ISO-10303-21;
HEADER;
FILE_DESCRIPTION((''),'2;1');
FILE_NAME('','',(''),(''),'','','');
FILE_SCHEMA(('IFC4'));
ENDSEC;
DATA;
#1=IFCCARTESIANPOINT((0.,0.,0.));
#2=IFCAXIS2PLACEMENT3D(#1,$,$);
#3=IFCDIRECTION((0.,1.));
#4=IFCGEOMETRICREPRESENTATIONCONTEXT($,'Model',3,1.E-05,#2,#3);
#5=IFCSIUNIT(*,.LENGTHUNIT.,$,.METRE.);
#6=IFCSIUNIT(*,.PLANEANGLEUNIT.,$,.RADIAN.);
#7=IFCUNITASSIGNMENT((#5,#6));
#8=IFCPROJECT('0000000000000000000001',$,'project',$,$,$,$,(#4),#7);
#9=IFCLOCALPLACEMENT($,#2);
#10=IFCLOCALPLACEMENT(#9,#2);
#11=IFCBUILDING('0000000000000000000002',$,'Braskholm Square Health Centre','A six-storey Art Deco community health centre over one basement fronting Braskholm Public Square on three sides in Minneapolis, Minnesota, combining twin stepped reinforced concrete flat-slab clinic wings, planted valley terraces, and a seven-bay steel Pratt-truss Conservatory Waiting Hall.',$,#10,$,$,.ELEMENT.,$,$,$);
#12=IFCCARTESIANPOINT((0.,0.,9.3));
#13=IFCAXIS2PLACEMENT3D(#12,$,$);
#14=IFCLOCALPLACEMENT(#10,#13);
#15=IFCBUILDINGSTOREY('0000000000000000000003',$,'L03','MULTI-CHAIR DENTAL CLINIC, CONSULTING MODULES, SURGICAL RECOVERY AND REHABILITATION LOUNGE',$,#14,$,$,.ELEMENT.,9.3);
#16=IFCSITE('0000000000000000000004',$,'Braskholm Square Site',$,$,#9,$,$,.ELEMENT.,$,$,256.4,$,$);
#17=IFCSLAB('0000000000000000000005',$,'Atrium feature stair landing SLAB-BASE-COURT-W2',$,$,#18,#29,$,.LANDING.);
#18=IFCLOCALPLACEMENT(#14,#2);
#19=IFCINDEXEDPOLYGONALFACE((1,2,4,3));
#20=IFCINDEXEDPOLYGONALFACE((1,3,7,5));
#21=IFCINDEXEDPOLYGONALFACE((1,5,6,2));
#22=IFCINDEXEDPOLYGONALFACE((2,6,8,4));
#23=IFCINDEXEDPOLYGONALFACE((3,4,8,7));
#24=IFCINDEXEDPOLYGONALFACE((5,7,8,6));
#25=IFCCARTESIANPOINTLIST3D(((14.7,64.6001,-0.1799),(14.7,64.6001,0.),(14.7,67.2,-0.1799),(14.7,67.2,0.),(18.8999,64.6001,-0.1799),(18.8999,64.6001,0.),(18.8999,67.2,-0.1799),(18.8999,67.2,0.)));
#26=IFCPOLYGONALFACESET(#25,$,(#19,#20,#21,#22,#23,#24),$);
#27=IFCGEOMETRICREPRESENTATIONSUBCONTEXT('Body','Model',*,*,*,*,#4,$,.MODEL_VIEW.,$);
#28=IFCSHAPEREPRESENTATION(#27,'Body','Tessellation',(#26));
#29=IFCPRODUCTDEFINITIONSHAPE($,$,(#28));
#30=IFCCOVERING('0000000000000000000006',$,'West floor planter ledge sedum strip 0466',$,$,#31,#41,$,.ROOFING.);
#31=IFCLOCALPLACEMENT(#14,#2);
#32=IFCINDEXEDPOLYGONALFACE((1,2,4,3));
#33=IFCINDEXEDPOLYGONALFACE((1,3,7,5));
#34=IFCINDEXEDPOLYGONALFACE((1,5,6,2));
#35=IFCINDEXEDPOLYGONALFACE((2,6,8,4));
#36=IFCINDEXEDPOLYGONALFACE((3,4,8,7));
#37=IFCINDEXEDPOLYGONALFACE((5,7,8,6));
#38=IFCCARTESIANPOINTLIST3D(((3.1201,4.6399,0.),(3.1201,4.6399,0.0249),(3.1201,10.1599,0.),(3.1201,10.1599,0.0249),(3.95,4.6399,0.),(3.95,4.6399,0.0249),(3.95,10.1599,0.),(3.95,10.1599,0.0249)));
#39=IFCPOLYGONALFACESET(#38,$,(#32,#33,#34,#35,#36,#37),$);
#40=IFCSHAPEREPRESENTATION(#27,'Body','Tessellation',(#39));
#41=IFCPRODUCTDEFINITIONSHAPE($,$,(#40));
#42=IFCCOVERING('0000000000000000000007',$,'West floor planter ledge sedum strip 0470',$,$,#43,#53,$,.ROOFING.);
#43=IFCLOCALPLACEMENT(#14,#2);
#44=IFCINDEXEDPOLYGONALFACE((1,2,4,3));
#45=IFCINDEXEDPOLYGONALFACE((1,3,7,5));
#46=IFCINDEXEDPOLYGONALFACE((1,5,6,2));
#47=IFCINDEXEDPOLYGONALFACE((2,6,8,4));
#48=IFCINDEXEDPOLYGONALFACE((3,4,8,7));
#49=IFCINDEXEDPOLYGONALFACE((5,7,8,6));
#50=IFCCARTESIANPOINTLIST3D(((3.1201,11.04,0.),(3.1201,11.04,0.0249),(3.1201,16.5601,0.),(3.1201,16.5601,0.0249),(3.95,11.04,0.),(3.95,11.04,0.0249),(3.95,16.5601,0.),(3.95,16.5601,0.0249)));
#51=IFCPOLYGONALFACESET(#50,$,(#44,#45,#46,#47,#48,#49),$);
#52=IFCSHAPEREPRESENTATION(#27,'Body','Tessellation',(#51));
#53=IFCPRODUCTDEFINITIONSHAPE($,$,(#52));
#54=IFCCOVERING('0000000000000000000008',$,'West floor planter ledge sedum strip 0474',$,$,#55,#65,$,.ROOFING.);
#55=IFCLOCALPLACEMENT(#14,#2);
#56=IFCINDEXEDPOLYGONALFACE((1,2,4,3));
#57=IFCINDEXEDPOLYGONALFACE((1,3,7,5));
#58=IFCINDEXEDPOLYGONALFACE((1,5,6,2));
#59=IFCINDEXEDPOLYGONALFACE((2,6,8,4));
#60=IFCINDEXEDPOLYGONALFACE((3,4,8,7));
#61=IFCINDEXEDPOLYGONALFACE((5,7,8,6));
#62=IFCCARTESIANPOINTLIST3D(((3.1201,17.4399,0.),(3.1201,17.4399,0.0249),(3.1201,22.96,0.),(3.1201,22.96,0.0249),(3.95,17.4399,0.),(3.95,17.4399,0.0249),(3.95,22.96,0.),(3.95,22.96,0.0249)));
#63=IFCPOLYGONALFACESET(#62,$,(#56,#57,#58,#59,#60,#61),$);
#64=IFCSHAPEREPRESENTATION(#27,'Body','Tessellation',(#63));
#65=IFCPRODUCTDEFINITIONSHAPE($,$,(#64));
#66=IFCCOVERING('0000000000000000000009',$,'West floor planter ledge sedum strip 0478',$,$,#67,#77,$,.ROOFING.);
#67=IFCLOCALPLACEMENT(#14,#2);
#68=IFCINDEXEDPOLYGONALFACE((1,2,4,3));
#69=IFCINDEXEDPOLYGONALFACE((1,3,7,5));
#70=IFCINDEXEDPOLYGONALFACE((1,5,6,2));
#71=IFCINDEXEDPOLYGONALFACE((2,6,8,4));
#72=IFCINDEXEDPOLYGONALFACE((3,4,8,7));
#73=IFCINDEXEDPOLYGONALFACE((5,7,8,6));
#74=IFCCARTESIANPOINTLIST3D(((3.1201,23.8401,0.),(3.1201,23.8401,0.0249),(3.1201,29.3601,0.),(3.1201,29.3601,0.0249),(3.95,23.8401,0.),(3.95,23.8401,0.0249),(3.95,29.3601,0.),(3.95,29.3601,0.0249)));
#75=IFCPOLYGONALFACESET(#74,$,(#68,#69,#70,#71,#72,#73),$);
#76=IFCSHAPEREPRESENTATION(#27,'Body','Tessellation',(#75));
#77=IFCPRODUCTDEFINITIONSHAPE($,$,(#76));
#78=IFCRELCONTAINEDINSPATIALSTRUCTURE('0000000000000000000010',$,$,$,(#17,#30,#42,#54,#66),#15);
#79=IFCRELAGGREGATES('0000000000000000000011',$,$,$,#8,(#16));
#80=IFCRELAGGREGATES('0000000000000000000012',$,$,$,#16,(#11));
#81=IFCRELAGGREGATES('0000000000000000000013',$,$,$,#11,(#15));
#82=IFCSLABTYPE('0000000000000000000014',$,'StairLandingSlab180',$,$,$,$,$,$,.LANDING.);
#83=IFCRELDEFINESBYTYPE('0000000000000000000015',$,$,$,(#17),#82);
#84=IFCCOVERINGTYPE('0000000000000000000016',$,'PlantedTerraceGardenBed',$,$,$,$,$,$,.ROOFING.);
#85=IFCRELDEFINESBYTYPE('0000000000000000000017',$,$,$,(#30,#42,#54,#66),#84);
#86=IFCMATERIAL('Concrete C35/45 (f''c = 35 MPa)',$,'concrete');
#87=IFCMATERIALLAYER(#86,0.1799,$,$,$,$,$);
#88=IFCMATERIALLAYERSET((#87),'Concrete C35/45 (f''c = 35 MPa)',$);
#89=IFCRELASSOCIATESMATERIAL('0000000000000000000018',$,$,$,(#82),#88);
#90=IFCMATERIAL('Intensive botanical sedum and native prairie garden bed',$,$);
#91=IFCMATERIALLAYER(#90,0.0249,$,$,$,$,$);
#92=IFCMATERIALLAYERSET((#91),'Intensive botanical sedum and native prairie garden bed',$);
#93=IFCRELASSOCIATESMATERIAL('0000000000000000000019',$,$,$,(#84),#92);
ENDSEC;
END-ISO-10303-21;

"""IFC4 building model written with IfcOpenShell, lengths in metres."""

from ifc_helpers import new_model, si_unit, direction, frame, origin, place, context, subcontext, project, spatial, polyline, outline, extrude, material, layer, layer_set, type_object, element, save


model = new_model("IFC4")

# Units and contexts
model_context = context("Model", 3, precision=1e-05, world=origin(), true_north=direction((0.0, 1.0)))
body_context = subcontext(model_context, "Body", "Model", "MODEL_VIEW")
ifc_project = project(units=[si_unit("LENGTHUNIT", "METRE"), si_unit("PLANEANGLEUNIT", "RADIAN")], contexts=[model_context])

# Site, building, storey
site_placement = place(None, origin())
site = spatial("IfcSite", under=ifc_project, at=site_placement, Name="Braskholm Square Site", CompositionType="ELEMENT", RefElevation=256.4)
building_placement = place(site_placement, origin())
building = spatial("IfcBuilding", under=site, at=building_placement, Name="Braskholm Square Health Centre", Description="A six-storey Art Deco community health centre over one basement fronting Braskholm Public Square on three sides in Minneapolis, Minnesota, combining twin stepped reinforced concrete flat-slab clinic wings, planted valley terraces, and a seven-bay steel Pratt-truss Conservatory Waiting Hall.", CompositionType="ELEMENT")
storey_placement = place(building_placement, frame((0.0, 0.0, 9.3)))
storey = spatial("IfcBuildingStorey", under=building, at=storey_placement, Name="L03", Description="MULTI-CHAIR DENTAL CLINIC, CONSULTING MODULES, SURGICAL RECOVERY AND REHABILITATION LOUNGE", CompositionType="ELEMENT", Elevation=9.3)

# Shared definitions
ifc_material_1 = material(Name="Concrete C35/45 (f'c = 35 MPa)", Category="concrete")
ifc_layer_1 = layer(ifc_material_1, 0.1799)
ifc_layer_set_1 = layer_set([ifc_layer_1], Name="Concrete C35/45 (f'c = 35 MPa)")
slab_type_1 = type_object("IfcSlabType", Name="StairLandingSlab180", PredefinedType="LANDING", material=ifc_layer_set_1)

# Slab
slab_1_placement = place(storey_placement, frame((0.0, 0.0, -0.1799)))
element("IfcSlab", 1, at=slab_1_placement, inside=storey, type_object=slab_type_1, Name="Atrium feature stair landing SLAB-BASE-COURT-W2", PredefinedType="LANDING", context=body_context, shape_type="SweptSolid", body=[
    extrude(outline(polyline([(14.7, 64.6001), (18.8999, 64.6001), (18.8999, 67.2), (14.7, 67.2), (14.7, 64.6001)])), origin(), (0.0, 0.0, 1.0), 0.1799),
])

# Coverings
ifc_material_2 = material(Name="Intensive botanical sedum and native prairie garden bed")
ifc_layer_2 = layer(ifc_material_2, 0.0249)
ifc_layer_set_2 = layer_set([ifc_layer_2], Name="Intensive botanical sedum and native prairie garden bed")
covering_type = type_object("IfcCoveringType", Name="PlantedTerraceGardenBed", PredefinedType="ROOFING", material=ifc_layer_set_2)
covering_1_placement = place(storey_placement, origin())
element("IfcCovering", 2, at=covering_1_placement, inside=storey, type_object=covering_type, Name="West floor planter ledge sedum strip 0466", PredefinedType="ROOFING", context=body_context, shape_type="SweptSolid", body=[
    extrude(outline(polyline([(3.1201, 4.6399), (3.95, 4.6399), (3.95, 10.1599), (3.1201, 10.1599), (3.1201, 4.6399)])), origin(), (0.0, 0.0, 1.0), 0.0249),
])
covering_2_placement = place(storey_placement, origin())
element("IfcCovering", 3, at=covering_2_placement, inside=storey, type_object=covering_type, Name="West floor planter ledge sedum strip 0470", PredefinedType="ROOFING", context=body_context, shape_type="SweptSolid", body=[
    extrude(outline(polyline([(3.1201, 11.04), (3.95, 11.04), (3.95, 16.5601), (3.1201, 16.5601), (3.1201, 11.04)])), origin(), (0.0, 0.0, 1.0), 0.0249),
])
covering_3_placement = place(storey_placement, origin())
element("IfcCovering", 4, at=covering_3_placement, inside=storey, type_object=covering_type, Name="West floor planter ledge sedum strip 0474", PredefinedType="ROOFING", context=body_context, shape_type="SweptSolid", body=[
    extrude(outline(polyline([(3.1201, 17.4399), (3.95, 17.4399), (3.95, 22.96), (3.1201, 22.96), (3.1201, 17.4399)])), origin(), (0.0, 0.0, 1.0), 0.0249),
])
covering_4_placement = place(storey_placement, origin())
element("IfcCovering", 5, at=covering_4_placement, inside=storey, type_object=covering_type, Name="West floor planter ledge sedum strip 0478", PredefinedType="ROOFING", context=body_context, shape_type="SweptSolid", body=[
    extrude(outline(polyline([(3.1201, 23.8401), (3.95, 23.8401), (3.95, 29.3601), (3.1201, 29.3601), (3.1201, 23.8401)])), origin(), (0.0, 0.0, 1.0), 0.0249),
])

save(model, "model.ifc")
